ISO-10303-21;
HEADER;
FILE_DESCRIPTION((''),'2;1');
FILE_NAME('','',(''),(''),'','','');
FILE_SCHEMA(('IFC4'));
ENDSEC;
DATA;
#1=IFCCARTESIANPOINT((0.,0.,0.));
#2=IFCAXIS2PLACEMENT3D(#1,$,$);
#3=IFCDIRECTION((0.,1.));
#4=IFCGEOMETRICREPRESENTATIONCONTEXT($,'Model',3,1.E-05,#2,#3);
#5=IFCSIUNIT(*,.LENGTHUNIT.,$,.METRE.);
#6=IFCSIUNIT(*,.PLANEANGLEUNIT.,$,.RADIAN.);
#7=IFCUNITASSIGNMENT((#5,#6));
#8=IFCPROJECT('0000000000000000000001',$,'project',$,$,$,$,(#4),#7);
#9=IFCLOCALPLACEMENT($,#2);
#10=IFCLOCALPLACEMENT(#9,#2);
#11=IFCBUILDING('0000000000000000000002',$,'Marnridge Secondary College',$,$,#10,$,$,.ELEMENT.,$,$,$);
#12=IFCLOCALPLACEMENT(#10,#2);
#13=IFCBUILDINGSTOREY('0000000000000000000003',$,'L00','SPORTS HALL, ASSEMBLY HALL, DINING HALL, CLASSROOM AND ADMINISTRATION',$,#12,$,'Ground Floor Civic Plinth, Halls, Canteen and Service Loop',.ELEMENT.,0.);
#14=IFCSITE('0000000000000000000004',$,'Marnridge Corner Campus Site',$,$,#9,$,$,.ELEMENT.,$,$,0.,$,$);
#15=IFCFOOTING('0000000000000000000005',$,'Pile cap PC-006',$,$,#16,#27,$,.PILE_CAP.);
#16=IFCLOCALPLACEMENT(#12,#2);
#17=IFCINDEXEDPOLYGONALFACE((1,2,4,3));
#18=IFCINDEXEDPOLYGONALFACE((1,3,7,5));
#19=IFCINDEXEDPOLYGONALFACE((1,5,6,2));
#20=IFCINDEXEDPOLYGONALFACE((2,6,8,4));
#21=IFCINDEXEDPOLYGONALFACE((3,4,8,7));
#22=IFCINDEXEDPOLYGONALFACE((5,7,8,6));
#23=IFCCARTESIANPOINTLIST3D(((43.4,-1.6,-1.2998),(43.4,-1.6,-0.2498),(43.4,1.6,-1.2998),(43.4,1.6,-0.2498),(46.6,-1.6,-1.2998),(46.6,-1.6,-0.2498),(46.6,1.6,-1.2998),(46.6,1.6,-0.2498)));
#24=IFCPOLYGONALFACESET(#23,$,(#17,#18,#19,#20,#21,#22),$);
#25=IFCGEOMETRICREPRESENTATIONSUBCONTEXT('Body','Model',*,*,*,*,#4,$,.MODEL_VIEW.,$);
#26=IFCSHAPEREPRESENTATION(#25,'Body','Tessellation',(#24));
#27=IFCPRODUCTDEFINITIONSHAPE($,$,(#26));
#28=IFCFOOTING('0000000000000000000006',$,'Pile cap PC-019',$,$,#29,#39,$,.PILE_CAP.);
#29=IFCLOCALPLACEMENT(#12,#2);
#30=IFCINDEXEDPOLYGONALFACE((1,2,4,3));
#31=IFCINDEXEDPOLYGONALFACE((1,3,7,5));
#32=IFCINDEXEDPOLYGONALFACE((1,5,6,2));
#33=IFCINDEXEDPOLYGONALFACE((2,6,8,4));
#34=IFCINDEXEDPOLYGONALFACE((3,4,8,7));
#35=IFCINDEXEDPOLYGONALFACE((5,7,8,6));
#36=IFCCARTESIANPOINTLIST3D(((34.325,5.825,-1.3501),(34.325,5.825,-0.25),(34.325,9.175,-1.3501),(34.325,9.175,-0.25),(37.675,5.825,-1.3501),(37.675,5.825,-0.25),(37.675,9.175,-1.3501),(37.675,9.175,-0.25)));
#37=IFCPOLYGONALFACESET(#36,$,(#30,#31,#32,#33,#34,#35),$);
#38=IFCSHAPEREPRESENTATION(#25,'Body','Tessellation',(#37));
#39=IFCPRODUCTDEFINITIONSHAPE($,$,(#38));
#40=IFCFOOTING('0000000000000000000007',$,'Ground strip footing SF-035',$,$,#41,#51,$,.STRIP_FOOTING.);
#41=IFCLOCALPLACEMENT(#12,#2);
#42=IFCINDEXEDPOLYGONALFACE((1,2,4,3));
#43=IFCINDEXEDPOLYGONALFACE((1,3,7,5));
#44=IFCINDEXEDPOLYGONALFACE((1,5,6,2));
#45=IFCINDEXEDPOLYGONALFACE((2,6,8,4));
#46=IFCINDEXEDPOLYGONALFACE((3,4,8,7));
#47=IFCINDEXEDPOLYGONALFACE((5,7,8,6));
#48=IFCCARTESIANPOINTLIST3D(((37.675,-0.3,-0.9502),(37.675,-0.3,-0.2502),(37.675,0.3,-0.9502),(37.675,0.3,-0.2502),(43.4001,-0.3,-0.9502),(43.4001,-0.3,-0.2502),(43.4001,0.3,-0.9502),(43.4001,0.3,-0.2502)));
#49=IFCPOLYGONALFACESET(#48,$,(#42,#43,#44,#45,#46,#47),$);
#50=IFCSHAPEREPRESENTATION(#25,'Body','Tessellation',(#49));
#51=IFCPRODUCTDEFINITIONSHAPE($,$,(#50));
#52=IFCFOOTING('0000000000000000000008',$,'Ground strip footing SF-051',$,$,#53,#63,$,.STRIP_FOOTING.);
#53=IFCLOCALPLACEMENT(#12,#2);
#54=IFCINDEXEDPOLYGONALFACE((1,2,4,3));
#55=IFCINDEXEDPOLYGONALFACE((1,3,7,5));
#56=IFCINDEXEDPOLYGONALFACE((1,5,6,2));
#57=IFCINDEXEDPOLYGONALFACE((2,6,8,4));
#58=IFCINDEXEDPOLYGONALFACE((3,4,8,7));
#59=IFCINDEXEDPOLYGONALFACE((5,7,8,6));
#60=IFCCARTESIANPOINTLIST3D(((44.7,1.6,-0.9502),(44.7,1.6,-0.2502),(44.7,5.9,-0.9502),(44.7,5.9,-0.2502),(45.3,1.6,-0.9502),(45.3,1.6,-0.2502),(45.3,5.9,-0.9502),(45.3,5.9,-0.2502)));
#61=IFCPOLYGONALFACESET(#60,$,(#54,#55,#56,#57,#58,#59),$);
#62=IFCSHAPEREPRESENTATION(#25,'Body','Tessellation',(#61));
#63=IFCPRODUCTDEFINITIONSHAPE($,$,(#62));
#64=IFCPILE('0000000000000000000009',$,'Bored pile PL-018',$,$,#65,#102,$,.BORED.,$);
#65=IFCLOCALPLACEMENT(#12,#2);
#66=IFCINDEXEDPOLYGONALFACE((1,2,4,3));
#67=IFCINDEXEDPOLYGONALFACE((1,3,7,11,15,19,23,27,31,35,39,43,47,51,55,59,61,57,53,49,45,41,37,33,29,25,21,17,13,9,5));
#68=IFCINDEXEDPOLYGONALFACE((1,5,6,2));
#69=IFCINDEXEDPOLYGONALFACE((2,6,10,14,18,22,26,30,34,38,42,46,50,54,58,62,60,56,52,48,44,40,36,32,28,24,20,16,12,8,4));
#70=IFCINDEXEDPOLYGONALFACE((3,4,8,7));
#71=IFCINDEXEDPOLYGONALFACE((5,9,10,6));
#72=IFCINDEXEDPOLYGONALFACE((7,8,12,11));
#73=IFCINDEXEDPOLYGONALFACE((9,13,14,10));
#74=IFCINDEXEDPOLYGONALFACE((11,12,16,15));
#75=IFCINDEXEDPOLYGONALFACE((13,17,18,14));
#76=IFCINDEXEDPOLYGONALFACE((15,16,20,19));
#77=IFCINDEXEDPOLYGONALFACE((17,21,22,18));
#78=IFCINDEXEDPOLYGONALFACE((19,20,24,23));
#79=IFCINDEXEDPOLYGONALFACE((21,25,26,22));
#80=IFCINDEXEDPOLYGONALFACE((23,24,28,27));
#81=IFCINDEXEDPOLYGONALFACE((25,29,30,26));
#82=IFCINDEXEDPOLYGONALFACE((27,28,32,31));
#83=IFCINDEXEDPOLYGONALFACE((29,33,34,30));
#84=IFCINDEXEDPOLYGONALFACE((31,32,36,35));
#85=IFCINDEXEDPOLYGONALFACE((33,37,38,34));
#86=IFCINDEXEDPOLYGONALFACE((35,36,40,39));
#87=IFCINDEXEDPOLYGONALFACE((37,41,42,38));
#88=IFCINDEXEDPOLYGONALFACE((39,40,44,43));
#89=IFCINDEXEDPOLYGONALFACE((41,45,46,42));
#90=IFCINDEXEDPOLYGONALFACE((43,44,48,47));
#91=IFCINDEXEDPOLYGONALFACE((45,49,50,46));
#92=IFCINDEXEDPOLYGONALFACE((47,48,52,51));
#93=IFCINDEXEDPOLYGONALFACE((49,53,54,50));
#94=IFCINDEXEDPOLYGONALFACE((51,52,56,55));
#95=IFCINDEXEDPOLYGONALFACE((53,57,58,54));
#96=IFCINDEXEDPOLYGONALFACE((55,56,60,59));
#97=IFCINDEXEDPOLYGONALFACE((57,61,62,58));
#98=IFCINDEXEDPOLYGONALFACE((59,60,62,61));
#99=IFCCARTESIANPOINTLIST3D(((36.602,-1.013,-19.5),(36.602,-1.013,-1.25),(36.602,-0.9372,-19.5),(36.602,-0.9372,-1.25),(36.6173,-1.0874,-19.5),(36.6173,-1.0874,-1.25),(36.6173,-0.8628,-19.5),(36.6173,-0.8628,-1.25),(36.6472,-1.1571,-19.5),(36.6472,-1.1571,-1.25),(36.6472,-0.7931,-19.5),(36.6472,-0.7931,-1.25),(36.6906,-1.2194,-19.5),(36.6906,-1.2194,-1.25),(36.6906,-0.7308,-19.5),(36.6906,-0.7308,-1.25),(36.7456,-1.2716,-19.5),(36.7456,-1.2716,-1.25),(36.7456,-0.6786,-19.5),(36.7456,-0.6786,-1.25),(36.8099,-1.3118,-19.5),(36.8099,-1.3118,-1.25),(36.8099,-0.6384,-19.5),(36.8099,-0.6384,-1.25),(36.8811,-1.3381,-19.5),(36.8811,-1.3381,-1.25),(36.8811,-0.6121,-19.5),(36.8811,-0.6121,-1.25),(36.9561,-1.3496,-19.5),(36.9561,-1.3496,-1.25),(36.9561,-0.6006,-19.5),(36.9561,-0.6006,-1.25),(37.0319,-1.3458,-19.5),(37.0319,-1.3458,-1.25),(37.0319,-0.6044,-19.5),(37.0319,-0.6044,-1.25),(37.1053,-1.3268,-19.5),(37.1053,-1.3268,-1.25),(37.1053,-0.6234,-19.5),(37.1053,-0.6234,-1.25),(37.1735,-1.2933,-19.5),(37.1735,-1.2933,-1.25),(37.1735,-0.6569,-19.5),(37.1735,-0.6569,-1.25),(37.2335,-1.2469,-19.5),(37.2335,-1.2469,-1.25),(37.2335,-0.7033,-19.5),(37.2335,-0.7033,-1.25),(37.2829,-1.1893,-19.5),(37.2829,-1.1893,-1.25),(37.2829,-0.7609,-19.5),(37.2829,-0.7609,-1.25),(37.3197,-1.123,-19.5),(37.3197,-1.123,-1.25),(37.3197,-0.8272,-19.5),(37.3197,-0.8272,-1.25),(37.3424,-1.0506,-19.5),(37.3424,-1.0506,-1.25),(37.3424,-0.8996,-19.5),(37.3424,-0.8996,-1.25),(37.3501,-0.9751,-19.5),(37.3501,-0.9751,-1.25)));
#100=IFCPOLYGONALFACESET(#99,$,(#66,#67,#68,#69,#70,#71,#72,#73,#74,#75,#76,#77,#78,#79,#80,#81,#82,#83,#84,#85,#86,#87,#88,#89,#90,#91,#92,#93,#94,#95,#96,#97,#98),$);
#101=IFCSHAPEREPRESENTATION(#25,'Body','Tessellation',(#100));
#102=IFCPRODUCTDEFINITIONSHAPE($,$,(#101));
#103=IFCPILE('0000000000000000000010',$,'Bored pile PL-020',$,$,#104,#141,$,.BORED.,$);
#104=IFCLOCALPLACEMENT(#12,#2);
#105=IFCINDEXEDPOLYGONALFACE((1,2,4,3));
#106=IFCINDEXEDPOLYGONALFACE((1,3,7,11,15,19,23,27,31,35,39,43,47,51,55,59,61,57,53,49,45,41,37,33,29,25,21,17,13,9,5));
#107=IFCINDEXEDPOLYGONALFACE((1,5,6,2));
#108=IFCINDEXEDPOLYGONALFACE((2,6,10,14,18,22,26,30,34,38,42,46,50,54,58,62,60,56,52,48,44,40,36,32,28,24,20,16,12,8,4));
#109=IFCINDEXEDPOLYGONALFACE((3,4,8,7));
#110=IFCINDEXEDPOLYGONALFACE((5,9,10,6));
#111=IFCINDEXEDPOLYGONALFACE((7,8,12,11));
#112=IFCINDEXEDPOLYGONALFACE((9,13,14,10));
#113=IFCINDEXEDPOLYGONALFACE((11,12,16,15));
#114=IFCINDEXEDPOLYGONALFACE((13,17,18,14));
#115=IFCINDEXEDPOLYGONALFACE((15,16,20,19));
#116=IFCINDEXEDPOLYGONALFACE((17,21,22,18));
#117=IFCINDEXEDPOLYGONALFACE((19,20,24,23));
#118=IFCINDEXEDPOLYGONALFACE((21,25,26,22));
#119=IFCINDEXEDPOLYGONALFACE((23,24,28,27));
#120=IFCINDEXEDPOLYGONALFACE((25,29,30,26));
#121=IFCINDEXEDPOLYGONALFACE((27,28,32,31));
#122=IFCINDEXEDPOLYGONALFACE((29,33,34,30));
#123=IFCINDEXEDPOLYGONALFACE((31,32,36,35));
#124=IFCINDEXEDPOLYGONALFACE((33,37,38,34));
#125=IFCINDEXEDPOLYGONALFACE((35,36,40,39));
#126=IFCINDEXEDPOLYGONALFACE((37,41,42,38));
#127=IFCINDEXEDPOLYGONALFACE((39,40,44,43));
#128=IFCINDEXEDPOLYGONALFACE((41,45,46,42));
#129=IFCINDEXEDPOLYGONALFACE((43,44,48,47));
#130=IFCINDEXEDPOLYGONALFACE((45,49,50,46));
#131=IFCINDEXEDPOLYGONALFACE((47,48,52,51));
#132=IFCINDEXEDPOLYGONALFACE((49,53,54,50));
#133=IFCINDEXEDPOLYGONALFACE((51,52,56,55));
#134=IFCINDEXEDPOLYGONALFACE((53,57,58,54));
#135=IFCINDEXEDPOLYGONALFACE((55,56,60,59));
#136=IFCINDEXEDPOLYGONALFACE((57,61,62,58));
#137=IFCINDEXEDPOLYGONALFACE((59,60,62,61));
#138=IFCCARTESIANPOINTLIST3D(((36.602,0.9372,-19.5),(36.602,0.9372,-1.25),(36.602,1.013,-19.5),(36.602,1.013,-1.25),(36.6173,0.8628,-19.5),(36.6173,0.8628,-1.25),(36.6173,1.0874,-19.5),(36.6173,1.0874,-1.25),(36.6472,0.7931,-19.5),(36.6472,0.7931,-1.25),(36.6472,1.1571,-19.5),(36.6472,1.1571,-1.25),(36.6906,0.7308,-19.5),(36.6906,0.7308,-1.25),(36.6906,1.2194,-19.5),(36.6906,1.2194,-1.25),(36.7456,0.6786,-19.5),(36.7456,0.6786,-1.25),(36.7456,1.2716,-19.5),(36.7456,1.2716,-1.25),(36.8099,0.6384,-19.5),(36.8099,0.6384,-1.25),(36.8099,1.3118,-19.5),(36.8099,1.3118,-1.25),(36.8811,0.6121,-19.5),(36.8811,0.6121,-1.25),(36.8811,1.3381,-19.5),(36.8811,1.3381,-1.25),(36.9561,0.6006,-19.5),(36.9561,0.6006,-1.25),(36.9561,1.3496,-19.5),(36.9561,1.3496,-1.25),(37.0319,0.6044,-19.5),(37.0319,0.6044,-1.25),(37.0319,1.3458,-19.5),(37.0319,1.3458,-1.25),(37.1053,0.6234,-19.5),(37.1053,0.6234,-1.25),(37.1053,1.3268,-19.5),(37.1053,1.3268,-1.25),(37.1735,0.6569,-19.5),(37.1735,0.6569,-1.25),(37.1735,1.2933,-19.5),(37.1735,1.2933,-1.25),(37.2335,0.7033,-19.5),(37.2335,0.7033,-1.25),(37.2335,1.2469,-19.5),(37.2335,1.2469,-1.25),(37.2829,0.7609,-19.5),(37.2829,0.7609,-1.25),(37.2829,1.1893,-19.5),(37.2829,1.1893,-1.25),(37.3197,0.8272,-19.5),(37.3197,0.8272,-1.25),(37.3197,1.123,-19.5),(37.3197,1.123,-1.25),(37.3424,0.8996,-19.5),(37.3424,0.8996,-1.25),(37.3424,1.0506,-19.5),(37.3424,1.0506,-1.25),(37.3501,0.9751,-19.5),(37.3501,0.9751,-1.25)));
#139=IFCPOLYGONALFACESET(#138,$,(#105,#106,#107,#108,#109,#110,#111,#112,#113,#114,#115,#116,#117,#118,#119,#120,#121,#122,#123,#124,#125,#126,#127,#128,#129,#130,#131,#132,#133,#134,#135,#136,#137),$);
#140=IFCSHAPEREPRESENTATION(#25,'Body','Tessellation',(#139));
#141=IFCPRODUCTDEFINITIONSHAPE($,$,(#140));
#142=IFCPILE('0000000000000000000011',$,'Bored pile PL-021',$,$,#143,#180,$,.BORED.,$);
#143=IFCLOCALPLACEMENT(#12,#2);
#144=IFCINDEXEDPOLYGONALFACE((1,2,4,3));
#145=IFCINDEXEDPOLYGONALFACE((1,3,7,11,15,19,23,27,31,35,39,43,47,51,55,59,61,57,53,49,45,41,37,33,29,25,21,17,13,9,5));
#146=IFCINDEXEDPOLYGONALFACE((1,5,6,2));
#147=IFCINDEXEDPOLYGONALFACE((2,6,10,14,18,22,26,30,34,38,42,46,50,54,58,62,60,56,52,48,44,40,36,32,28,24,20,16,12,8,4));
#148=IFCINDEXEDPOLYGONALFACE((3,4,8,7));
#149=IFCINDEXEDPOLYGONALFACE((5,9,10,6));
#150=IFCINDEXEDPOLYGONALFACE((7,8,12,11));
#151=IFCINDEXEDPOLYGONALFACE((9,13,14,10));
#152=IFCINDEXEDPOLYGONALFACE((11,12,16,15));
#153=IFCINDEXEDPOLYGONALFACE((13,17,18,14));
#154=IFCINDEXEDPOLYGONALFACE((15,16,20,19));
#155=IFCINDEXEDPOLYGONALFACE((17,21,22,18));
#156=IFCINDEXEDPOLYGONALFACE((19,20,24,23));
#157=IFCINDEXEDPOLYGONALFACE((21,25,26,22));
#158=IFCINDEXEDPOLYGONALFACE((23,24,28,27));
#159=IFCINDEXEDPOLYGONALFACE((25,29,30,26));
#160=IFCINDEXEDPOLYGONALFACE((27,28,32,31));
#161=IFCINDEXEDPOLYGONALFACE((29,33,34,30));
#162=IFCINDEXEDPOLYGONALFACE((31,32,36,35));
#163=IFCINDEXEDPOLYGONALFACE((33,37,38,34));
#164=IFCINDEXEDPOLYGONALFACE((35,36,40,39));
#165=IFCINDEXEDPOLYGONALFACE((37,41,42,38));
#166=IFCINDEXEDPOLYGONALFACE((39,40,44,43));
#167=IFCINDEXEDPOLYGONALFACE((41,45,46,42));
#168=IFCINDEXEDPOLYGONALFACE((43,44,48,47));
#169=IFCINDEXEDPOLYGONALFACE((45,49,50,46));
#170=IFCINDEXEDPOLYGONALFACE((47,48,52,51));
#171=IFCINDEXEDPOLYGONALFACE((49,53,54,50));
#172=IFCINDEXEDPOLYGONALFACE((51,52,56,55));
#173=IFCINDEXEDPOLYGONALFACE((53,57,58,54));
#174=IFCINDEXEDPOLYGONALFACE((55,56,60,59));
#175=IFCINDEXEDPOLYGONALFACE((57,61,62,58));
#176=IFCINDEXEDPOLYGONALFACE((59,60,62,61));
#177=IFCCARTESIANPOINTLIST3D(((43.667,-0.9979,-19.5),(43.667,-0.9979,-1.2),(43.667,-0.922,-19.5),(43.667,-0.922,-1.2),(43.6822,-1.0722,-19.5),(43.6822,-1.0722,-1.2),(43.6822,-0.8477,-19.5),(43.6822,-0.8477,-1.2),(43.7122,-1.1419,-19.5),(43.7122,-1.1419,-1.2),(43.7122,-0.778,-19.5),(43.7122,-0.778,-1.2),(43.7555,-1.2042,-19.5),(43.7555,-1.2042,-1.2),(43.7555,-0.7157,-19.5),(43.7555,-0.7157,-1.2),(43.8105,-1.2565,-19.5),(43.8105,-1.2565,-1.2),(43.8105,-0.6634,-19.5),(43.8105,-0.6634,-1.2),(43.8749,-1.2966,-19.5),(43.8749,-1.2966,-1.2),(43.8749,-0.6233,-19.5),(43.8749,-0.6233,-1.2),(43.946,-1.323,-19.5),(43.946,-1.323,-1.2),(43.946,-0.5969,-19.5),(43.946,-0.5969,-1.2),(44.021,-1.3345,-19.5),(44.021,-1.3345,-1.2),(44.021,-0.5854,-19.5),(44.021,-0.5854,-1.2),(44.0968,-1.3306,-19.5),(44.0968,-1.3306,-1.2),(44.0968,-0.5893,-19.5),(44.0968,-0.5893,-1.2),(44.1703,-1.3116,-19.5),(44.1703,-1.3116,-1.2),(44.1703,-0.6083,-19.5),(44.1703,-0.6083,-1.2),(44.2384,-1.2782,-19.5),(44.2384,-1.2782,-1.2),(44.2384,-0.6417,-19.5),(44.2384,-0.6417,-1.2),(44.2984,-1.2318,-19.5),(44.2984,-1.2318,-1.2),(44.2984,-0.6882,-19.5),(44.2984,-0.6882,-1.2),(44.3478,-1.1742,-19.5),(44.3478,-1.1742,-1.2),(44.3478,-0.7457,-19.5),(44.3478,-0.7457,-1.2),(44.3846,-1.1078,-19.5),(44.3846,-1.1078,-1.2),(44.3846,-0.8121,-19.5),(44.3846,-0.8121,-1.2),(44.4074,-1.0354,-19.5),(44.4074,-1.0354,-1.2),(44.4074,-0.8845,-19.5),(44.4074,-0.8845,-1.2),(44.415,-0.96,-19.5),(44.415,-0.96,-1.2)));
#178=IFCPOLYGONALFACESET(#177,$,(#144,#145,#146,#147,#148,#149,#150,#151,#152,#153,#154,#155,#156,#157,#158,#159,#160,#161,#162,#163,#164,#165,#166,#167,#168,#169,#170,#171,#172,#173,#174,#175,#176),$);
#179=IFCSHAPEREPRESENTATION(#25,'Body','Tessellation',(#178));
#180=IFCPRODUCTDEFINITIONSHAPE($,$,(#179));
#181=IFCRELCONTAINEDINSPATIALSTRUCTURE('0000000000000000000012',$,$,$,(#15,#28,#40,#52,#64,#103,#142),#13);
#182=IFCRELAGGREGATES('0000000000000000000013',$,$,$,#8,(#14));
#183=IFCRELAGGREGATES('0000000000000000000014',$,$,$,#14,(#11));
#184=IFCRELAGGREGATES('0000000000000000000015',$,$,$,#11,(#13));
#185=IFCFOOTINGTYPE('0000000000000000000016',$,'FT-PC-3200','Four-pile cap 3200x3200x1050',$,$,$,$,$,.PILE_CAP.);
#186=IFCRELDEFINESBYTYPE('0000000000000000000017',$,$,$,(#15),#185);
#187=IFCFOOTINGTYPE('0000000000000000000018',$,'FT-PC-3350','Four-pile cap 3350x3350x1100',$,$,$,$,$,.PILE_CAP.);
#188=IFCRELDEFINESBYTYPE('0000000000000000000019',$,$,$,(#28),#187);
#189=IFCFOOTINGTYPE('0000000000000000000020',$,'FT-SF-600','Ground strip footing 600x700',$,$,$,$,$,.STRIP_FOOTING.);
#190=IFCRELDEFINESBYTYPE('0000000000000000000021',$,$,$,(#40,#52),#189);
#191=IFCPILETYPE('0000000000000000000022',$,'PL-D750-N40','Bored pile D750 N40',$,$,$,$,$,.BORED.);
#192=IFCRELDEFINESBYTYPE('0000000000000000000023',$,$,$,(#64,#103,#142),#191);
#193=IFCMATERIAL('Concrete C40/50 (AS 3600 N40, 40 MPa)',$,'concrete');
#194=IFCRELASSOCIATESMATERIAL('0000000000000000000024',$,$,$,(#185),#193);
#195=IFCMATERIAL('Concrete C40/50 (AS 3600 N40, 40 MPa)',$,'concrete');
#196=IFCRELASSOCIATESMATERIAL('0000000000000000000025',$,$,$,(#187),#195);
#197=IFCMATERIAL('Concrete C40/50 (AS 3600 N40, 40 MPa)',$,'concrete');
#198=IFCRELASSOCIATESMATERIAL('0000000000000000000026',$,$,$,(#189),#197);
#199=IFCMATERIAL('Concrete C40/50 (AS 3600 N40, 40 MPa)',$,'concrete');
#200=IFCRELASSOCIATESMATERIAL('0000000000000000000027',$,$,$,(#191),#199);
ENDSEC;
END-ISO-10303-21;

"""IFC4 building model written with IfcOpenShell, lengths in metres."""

from ifc_helpers import new_model, si_unit, direction, frame, origin, origin_2d, place, context, subcontext, project, spatial, rectangle, circle, extrude, material, material_profile, profile_set, type_object, element, save


model = new_model("IFC4")

# Units and contexts
model_context = context("Model", 3, precision=1e-05, world=origin(), true_north=direction((0.0, 1.0)))
body_context = subcontext(model_context, "Body", "Model", "MODEL_VIEW")
ifc_project = project(units=[si_unit("LENGTHUNIT", "METRE"), si_unit("PLANEANGLEUNIT", "RADIAN")], contexts=[model_context])

# Site, building, storey
site_placement = place(None, origin())
site = spatial("IfcSite", under=ifc_project, at=site_placement, Name="Marnridge Corner Campus Site", CompositionType="ELEMENT", RefElevation=0.0)
building_placement = place(site_placement, origin())
building = spatial("IfcBuilding", under=site, at=building_placement, Name="Marnridge Secondary College", CompositionType="ELEMENT")
storey_placement = place(building_placement, origin())
storey = spatial("IfcBuildingStorey", under=building, at=storey_placement, Name="L00", Description="SPORTS HALL, ASSEMBLY HALL, DINING HALL, CLASSROOM AND ADMINISTRATION", LongName="Ground Floor Civic Plinth, Halls, Canteen and Service Loop", CompositionType="ELEMENT", Elevation=0.0)

# Footings
ifc_material_1 = material(Name="Concrete C40/50 (AS 3600 N40, 40 MPa)", Category="concrete")
footing_type_1 = type_object("IfcFootingType", Name="FT-PC-3200", Description="Four-pile cap 3200x3200x1050", PredefinedType="PILE_CAP", material=ifc_material_1)
footing_1_placement = place(storey_placement, frame((45.0, 0.0, -1.2998), z_axis=(0.0, 0.0, 1.0), x_axis=(1.0, 0.0, 0.0)))
element("IfcFooting", 1, at=footing_1_placement, inside=storey, type_object=footing_type_1, Name="Pile cap PC-006", PredefinedType="PILE_CAP", context=body_context, shape_type="SweptSolid", body=[
    extrude(rectangle(XDim=3.2, YDim=3.2, at=origin_2d()), origin(), (0.0, 0.0, 1.0), 1.05),
])
ifc_material_2 = material(Name="Concrete C40/50 (AS 3600 N40, 40 MPa)", Category="concrete")
footing_type_2 = type_object("IfcFootingType", Name="FT-PC-3350", Description="Four-pile cap 3350x3350x1100", PredefinedType="PILE_CAP", material=ifc_material_2)
footing_2_placement = place(storey_placement, frame((36.0, 7.5, -1.3501), z_axis=(0.0, 0.0, 1.0), x_axis=(1.0, 0.0, 0.0)))
element("IfcFooting", 2, at=footing_2_placement, inside=storey, type_object=footing_type_2, Name="Pile cap PC-019", PredefinedType="PILE_CAP", context=body_context, shape_type="SweptSolid", body=[
    extrude(rectangle(XDim=3.3501, YDim=3.3501, at=origin_2d()), origin(), (0.0, 0.0, 1.0), 1.1001),
])
ifc_material_3 = material(Name="Concrete C40/50 (AS 3600 N40, 40 MPa)", Category="concrete")
footing_type_3 = type_object("IfcFootingType", Name="FT-SF-600", Description="Ground strip footing 600x700", PredefinedType="STRIP_FOOTING", material=ifc_material_3)
footing_3_placement = place(storey_placement, frame((40.5376, 0.0, -0.9502), z_axis=(0.0, 0.0, 1.0), x_axis=(1.0, 0.0, 0.0)))
element("IfcFooting", 3, at=footing_3_placement, inside=storey, type_object=footing_type_3, Name="Ground strip footing SF-035", PredefinedType="STRIP_FOOTING", context=body_context, shape_type="SweptSolid", body=[
    extrude(rectangle(XDim=5.7251, YDim=0.6001, at=origin_2d()), origin(), (0.0, 0.0, 1.0), 0.7),
])
footing_4_placement = place(storey_placement, frame((45.0, 3.75, -0.9502), z_axis=(0.0, 0.0, 1.0), x_axis=(1.0, 0.0, 0.0)))
element("IfcFooting", 4, at=footing_4_placement, inside=storey, type_object=footing_type_3, Name="Ground strip footing SF-051", PredefinedType="STRIP_FOOTING", context=body_context, shape_type="SweptSolid", body=[
    extrude(rectangle(XDim=0.6001, YDim=4.3, at=origin_2d()), origin(), (0.0, 0.0, 1.0), 0.7),
])

# Piles
ifc_material_4 = material(Name="Concrete C40/50 (AS 3600 N40, 40 MPa)", Category="concrete")
ifc_material_profile_1 = material_profile(ifc_material_4, circle(Radius=0.375, at=origin_2d()), Name="PILE D750")
ifc_profile_set_1 = profile_set([ifc_material_profile_1], Name="Concrete C40/50 (AS 3600 N40, 40 MPa)")
pile_type = type_object("IfcPileType", Name="PL-D750-N40", Description="Bored pile D750 N40", PredefinedType="BORED", material=ifc_profile_set_1)
for number, where, z_axis, x_axis, name in (
    (5, (36.9751, -0.9751, -1.25), (0.0, 0.0, -1.0), (1.0, 0.0, 0.0), "Bored pile PL-018"),
    (6, (36.9751, 0.9751, -1.25), (0.0, 0.0, -1.0), (1.0, 0.0, 0.0), "Bored pile PL-020"),
):
    element("IfcPile", number, at=place(storey_placement, frame(where, z_axis=z_axis, x_axis=x_axis)), inside=storey, type_object=pile_type, Name=name, PredefinedType="BORED", context=body_context, shape_type="SweptSolid", body=[
        extrude(circle(Radius=0.375, at=origin_2d()), origin(), (0.0, 0.0, 1.0), 18.25),
    ])
for number, where, z_axis, x_axis, name in (
    (7, (44.04, -0.96, -1.2), (0.0, 0.0, -1.0), (1.0, 0.0, 0.0), "Bored pile PL-021"),
):
    element("IfcPile", number, at=place(storey_placement, frame(where, z_axis=z_axis, x_axis=x_axis)), inside=storey, type_object=pile_type, Name=name, PredefinedType="BORED", context=body_context, shape_type="SweptSolid", body=[
        extrude(circle(Radius=0.375, at=origin_2d()), origin(), (0.0, 0.0, 1.0), 18.3),
    ])

save(model, "model.ifc")
